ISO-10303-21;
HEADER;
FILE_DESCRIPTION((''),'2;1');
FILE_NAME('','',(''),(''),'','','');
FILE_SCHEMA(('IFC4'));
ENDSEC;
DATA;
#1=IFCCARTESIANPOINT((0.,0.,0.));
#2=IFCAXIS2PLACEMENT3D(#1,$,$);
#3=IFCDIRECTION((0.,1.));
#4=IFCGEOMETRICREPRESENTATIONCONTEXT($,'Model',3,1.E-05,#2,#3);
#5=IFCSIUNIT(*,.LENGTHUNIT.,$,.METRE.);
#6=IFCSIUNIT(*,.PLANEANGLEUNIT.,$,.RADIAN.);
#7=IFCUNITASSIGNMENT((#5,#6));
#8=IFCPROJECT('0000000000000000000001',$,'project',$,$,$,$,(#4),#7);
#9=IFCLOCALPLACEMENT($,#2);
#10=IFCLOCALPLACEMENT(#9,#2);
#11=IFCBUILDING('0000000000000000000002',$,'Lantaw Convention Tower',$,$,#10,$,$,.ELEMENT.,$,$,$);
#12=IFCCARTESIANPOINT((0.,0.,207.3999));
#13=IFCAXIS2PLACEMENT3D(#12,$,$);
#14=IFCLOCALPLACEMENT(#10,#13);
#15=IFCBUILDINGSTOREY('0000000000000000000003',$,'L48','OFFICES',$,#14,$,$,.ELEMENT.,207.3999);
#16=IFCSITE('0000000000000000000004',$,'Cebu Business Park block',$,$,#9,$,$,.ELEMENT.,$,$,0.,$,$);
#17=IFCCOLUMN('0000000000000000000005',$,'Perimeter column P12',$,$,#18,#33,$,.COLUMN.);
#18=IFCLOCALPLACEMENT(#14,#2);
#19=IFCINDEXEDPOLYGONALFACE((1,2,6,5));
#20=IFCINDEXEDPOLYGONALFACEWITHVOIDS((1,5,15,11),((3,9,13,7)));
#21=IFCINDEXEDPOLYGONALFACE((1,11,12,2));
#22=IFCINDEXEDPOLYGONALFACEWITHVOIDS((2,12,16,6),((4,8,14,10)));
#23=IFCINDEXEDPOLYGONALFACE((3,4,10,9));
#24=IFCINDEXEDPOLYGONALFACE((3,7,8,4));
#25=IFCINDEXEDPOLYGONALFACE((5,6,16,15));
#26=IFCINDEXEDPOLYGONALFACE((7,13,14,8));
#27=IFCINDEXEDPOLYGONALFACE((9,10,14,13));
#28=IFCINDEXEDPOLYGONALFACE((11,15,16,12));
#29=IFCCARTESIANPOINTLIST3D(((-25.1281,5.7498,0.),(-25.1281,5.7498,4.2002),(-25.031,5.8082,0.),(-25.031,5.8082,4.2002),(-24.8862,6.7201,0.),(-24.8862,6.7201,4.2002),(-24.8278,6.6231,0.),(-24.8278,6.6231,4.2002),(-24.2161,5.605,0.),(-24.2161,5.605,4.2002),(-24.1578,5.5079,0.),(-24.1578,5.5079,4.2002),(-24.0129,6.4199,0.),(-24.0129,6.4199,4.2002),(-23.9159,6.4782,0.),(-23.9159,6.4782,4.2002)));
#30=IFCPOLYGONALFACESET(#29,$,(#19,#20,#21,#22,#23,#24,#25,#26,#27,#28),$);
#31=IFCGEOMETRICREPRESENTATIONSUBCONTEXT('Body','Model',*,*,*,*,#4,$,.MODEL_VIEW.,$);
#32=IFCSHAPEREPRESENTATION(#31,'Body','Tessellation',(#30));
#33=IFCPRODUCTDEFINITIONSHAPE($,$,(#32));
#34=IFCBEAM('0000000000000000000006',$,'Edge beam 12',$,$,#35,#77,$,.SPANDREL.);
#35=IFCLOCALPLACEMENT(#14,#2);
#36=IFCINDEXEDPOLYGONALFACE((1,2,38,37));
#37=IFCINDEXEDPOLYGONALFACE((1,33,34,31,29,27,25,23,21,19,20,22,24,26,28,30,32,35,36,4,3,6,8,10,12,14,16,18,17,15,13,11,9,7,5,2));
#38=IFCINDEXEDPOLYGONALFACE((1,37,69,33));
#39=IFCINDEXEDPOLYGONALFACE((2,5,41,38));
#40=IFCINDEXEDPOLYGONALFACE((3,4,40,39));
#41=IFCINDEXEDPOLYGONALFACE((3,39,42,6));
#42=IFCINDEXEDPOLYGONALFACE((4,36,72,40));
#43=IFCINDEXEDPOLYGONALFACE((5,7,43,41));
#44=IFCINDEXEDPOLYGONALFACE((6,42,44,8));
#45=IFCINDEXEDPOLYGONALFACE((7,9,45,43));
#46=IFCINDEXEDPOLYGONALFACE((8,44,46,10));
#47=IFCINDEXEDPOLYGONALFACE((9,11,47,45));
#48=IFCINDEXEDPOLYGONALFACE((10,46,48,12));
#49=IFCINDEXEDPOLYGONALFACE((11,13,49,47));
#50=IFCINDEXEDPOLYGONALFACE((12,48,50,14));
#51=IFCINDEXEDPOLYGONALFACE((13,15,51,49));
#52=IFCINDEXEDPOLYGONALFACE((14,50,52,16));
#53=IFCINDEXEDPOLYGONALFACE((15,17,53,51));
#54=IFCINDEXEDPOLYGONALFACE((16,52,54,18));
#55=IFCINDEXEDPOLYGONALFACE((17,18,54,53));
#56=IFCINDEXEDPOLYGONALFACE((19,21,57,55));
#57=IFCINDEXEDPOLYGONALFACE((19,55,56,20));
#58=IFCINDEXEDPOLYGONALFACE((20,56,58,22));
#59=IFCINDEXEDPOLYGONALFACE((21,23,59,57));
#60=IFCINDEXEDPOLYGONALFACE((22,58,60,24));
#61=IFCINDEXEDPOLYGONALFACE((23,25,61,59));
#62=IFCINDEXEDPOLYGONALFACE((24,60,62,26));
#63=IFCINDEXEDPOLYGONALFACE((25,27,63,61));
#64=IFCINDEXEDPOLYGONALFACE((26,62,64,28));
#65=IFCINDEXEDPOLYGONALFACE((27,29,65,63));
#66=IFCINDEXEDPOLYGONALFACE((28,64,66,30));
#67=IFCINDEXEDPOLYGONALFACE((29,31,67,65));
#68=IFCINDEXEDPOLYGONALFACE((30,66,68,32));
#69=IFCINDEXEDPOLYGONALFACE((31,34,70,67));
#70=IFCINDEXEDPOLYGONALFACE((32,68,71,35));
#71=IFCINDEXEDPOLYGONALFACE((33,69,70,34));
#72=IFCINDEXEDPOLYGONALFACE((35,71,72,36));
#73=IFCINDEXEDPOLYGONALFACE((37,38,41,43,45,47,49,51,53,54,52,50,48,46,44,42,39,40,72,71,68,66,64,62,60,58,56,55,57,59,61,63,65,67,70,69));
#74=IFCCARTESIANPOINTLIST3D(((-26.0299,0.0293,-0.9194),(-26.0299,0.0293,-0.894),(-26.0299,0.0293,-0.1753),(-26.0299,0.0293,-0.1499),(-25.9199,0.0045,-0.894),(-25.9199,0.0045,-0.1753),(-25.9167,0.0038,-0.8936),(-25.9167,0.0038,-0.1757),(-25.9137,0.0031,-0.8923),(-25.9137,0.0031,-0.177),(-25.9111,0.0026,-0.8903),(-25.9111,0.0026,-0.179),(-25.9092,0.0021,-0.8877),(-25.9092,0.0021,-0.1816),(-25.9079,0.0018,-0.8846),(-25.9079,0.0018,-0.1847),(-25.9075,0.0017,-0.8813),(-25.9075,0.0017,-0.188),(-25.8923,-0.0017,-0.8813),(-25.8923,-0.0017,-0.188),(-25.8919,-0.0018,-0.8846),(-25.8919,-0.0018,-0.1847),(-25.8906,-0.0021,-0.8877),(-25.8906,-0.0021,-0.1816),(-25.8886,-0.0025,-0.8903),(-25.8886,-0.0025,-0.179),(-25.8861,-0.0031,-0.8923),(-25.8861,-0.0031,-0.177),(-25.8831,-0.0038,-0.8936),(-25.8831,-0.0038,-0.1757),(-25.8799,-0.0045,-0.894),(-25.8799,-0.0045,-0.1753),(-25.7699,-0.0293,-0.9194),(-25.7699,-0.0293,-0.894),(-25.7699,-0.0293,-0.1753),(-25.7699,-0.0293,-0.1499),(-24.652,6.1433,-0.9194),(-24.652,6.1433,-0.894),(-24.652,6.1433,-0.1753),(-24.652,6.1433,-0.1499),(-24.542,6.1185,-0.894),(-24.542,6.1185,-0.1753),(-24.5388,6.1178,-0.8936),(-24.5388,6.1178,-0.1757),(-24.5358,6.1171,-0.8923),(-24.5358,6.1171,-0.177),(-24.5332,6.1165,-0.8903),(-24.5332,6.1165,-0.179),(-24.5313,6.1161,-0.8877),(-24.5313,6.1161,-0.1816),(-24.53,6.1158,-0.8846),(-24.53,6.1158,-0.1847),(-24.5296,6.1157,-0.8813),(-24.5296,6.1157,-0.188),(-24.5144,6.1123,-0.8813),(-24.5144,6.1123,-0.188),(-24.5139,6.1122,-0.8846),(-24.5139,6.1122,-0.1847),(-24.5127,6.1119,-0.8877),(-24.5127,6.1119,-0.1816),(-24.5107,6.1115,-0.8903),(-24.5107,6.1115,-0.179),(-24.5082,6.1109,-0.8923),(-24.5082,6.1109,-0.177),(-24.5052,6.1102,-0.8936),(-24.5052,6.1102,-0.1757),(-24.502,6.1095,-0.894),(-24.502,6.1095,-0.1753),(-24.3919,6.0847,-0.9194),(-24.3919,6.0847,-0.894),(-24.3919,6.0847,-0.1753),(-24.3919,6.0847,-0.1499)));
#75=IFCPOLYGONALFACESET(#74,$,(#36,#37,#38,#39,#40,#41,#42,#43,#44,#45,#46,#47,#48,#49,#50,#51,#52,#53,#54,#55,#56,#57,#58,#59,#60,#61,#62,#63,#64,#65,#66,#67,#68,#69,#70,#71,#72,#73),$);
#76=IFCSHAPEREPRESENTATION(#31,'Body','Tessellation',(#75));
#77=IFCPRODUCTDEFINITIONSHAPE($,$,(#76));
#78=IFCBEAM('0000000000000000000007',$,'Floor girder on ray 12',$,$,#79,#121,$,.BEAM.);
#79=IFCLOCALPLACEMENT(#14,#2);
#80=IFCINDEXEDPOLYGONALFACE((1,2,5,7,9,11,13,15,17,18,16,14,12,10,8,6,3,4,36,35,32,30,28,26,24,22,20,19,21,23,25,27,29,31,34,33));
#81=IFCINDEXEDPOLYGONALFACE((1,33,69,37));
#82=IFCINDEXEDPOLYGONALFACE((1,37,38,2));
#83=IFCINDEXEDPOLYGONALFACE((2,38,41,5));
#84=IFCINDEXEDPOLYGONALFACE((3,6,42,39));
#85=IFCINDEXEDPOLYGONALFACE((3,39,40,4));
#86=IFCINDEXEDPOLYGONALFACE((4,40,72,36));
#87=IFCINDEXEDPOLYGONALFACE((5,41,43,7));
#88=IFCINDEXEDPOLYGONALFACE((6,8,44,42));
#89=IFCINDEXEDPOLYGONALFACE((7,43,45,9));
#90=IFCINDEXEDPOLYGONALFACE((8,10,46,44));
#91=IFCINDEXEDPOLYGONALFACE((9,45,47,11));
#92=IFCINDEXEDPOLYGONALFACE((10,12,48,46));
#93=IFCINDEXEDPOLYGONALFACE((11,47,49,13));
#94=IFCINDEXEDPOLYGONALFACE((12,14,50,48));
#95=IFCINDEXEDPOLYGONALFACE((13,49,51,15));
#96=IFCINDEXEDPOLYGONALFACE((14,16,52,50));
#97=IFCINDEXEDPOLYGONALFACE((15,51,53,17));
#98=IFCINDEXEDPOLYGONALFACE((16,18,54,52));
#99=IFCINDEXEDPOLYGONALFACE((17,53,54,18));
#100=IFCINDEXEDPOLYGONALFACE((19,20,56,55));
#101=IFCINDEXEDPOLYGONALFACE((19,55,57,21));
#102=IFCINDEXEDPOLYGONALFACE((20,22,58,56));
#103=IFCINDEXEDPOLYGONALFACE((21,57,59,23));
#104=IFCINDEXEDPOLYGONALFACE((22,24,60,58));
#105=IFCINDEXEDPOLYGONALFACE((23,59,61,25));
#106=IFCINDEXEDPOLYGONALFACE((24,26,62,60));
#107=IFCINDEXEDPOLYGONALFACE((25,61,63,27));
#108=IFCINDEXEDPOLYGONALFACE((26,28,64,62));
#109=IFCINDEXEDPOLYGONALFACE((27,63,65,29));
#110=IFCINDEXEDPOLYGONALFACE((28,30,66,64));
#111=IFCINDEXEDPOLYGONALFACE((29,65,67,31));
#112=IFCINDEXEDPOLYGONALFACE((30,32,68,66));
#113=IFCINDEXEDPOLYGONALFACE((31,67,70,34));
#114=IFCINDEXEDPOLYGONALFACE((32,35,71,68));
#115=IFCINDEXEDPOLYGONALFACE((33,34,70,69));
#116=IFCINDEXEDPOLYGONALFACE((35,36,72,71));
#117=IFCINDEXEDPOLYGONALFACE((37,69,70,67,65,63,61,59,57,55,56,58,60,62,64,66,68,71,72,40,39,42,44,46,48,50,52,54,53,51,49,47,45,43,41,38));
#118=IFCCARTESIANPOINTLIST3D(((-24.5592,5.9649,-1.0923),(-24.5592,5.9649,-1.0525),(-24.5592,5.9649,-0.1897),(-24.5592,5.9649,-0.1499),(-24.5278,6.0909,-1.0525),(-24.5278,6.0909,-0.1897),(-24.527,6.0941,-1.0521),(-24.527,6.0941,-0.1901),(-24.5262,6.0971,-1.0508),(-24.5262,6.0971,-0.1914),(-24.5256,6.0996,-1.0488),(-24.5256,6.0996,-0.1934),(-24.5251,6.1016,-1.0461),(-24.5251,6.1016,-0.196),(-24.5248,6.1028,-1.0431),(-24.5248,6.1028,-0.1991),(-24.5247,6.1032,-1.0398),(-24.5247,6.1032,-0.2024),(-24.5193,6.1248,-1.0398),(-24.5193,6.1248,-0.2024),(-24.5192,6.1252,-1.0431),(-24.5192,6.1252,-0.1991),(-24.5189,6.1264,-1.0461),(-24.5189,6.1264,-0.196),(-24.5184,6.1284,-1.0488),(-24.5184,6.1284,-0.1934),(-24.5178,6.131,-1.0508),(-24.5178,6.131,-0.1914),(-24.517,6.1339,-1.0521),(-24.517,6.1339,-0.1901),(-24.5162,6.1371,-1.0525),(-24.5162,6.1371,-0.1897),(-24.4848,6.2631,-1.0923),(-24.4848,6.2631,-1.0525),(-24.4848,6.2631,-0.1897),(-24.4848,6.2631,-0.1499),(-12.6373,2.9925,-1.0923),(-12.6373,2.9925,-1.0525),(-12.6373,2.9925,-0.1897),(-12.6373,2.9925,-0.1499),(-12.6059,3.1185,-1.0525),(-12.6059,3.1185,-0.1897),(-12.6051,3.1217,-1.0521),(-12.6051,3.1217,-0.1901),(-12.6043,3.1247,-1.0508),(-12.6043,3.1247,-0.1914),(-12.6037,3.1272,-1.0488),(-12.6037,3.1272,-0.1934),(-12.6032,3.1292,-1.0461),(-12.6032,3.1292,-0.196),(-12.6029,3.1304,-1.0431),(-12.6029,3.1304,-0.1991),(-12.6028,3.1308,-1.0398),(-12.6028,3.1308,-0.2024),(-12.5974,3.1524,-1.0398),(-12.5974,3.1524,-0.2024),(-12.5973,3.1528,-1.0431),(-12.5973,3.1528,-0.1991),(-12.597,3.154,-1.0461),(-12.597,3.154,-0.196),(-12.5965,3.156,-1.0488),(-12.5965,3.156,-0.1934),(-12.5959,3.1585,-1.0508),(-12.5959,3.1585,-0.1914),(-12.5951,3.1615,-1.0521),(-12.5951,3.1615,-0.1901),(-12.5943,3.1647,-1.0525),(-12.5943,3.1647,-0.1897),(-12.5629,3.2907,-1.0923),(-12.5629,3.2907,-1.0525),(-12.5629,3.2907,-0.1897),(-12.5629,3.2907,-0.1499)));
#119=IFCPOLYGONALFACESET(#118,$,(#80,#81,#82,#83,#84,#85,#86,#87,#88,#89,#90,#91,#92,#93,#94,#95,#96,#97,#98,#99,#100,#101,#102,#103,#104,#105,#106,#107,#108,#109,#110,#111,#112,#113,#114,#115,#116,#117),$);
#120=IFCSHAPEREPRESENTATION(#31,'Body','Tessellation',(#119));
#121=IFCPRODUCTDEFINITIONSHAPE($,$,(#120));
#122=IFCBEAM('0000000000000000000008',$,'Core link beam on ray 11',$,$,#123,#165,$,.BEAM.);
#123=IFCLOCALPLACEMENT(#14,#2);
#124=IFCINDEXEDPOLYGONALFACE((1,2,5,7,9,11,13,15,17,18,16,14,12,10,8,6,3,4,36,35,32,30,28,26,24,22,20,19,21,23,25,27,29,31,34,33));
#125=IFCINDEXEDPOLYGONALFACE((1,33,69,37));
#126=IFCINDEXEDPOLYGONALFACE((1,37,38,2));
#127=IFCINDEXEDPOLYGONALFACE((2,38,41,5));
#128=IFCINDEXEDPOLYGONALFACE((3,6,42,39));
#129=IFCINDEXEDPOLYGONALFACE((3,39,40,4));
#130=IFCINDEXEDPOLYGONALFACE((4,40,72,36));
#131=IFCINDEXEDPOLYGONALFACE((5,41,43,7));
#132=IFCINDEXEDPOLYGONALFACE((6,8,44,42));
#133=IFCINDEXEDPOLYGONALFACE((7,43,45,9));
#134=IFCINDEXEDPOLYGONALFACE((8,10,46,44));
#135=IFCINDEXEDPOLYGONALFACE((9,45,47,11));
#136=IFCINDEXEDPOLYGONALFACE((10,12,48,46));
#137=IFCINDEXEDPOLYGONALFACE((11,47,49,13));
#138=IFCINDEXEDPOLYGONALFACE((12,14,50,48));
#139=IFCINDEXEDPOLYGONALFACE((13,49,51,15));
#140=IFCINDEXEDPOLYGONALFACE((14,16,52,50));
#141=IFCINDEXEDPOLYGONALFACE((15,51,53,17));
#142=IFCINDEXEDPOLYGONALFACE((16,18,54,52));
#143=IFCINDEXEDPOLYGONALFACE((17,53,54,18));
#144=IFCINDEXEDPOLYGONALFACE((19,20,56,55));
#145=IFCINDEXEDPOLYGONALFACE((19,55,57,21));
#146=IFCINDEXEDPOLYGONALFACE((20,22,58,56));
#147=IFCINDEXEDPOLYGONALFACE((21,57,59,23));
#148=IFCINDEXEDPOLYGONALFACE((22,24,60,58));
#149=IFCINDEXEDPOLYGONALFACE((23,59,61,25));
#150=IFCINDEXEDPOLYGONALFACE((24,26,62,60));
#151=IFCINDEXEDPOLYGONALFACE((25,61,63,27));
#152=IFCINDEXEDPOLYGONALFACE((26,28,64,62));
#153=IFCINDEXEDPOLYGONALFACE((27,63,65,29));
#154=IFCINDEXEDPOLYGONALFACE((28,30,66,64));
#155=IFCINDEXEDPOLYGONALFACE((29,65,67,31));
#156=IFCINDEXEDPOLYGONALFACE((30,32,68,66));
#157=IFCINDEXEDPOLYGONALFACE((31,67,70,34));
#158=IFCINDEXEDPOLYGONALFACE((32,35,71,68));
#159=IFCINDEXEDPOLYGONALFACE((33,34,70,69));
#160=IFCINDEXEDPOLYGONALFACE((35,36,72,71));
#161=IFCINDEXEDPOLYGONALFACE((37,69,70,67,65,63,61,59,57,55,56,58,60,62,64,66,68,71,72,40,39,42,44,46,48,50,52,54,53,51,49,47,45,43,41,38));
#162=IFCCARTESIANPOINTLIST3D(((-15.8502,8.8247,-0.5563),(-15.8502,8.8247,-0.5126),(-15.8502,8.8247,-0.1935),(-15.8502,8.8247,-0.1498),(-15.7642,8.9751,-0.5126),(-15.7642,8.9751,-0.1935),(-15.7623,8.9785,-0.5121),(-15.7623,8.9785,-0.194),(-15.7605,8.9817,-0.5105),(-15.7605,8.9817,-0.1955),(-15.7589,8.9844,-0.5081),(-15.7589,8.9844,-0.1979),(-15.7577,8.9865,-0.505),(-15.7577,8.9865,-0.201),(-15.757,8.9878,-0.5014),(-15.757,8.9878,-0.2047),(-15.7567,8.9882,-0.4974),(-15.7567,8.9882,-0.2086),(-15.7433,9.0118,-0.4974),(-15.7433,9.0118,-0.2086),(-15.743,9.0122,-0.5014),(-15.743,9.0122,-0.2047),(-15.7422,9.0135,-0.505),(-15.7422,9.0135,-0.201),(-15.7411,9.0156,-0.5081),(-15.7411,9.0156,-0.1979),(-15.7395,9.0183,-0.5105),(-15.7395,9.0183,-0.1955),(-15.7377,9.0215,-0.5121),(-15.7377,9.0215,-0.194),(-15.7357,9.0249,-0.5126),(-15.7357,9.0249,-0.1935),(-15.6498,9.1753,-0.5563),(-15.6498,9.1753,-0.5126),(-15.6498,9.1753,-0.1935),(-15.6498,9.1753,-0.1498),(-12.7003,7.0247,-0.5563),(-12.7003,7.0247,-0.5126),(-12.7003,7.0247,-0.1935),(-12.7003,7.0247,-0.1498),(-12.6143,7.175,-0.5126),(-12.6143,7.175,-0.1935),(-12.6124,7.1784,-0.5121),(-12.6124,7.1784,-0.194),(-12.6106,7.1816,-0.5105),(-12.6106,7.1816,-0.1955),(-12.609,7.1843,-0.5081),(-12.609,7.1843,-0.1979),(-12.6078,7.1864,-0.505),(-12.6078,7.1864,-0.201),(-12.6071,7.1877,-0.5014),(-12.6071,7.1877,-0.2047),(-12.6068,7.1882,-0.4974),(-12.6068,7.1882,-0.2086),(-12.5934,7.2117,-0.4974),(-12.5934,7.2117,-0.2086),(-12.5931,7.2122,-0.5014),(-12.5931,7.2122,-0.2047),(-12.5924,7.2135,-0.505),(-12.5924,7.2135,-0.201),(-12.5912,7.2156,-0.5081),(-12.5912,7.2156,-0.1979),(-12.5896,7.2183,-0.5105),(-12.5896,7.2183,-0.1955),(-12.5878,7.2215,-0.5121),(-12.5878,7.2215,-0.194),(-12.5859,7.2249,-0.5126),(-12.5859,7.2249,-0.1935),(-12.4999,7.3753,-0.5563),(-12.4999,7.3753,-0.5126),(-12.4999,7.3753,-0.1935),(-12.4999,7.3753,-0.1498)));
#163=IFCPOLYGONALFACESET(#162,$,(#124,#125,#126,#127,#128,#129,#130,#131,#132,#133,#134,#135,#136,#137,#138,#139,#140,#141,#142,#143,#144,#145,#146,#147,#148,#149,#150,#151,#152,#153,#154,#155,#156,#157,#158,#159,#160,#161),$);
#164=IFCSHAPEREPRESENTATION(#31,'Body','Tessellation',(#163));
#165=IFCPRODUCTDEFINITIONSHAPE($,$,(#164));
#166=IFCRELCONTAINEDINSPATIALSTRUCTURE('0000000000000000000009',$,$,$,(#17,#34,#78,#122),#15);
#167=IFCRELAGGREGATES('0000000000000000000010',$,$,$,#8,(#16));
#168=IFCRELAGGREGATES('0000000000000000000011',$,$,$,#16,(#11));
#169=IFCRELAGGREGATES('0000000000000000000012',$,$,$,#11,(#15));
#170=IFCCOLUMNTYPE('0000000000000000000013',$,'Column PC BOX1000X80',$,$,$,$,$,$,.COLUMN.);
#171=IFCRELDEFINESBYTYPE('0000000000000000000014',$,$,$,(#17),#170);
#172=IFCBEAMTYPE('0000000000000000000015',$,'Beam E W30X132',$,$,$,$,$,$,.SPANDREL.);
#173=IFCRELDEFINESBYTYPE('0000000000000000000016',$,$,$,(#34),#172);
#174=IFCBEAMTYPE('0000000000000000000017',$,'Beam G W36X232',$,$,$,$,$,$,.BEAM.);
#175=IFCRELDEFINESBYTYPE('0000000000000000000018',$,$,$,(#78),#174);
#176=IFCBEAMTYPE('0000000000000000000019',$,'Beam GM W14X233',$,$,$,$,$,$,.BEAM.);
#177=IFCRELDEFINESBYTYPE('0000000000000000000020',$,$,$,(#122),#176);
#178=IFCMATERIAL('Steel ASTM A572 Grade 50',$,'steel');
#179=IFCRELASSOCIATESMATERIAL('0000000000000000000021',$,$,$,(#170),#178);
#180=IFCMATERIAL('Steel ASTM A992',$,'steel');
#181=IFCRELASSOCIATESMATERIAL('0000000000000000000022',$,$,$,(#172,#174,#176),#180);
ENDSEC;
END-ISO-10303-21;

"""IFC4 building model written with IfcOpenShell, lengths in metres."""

from ifc_helpers import new_model, si_unit, direction, frame, origin, origin_2d, place, context, subcontext, project, spatial, rectangle, hollow_rectangle, i_section, extrude, material, material_profile, profile_set, type_object, element, save


model = new_model("IFC4")

# Units and contexts
model_context = context("Model", 3, precision=1e-05, world=origin(), true_north=direction((0.0, 1.0)))
body_context = subcontext(model_context, "Body", "Model", "MODEL_VIEW")
ifc_project = project(units=[si_unit("LENGTHUNIT", "METRE"), si_unit("PLANEANGLEUNIT", "RADIAN")], contexts=[model_context])

# Site, building, storey
site_placement = place(None, origin())
site = spatial("IfcSite", under=ifc_project, at=site_placement, Name="Cebu Business Park block", CompositionType="ELEMENT", RefElevation=0.0)
building_placement = place(site_placement, origin())
building = spatial("IfcBuilding", under=site, at=building_placement, Name="Lantaw Convention Tower", CompositionType="ELEMENT")
storey_placement = place(building_placement, frame((0.0, 0.0, 207.3999)))
storey = spatial("IfcBuildingStorey", under=building, at=storey_placement, Name="L48", Description="OFFICES", CompositionType="ELEMENT", Elevation=207.3999)

# Column
ifc_material_1 = material(Name="Steel ASTM A572 Grade 50", Category="steel")
ifc_material_profile_1 = material_profile(ifc_material_1, hollow_rectangle(XDim=1.0, YDim=1.0, WallThickness=0.0801, at=origin_2d()), Name="BOX1000X80")
ifc_material_2 = material(Name="Concrete C60/75", Category="concrete")
ifc_material_profile_2 = material_profile(ifc_material_2, rectangle(XDim=0.8401, YDim=0.8401, at=origin_2d()), Name="Concrete fill of BOX1000X80")
ifc_profile_set_1 = profile_set([ifc_material_profile_1, ifc_material_profile_2], Name="Steel ASTM A572 Grade 50")
column_type = type_object("IfcColumnType", Name="Column PC BOX1000X80", PredefinedType="COLUMN", material=ifc_profile_set_1)
column_placement = place(storey_placement, frame((-24.522, 6.114, 0.0), z_axis=(0.0, 0.0, 1.0), x_axis=(0.241922, 0.970296, 0.0)))
element("IfcColumn", 1, at=column_placement, inside=storey, type_object=column_type, Name="Perimeter column P12", PredefinedType="COLUMN", context=body_context, shape_type="SweptSolid", body=[
    extrude(hollow_rectangle(XDim=1.0, YDim=1.0, WallThickness=0.0801, at=origin_2d()), origin(), (0.0, 0.0, 1.0), 4.2002),
])

# Beams
ifc_material_3 = material(Name="Steel ASTM A992", Category="steel")
ifc_material_profile_3 = material_profile(ifc_material_3, i_section(OverallWidth=0.2666, OverallDepth=0.7695, WebThickness=0.0156, FlangeThickness=0.0254, FilletRadius=0.0127, at=origin_2d()), Name="W30X132")
ifc_profile_set_2 = profile_set([ifc_material_profile_3], Name="Steel ASTM A992")
beam_type_1 = type_object("IfcBeamType", Name="Beam E W30X132", PredefinedType="SPANDREL", material=ifc_profile_set_2)
beam_1_placement = place(storey_placement, frame((-24.522, 6.114, -0.5347), z_axis=(-0.219858, -0.975532, 0.0), x_axis=(0.975532, -0.219858, 0.0)))
element("IfcBeam", 2, at=beam_1_placement, inside=storey, type_object=beam_type_1, Name="Edge beam 12", PredefinedType="SPANDREL", context=body_context, shape_type="SweptSolid", body=[
    extrude(i_section(OverallWidth=0.2666, OverallDepth=0.7695, WebThickness=0.0156, FlangeThickness=0.0254, FilletRadius=0.0127, at=origin_2d()), origin(), (0.0, 0.0, 1.0), 6.2673),
])
ifc_material_profile_4 = material_profile(ifc_material_3, i_section(OverallWidth=0.3074, OverallDepth=0.9424, WebThickness=0.0222, FlangeThickness=0.0398, FilletRadius=0.0127, at=origin_2d()), Name="W36X232")
ifc_profile_set_3 = profile_set([ifc_material_profile_4], Name="Steel ASTM A992")
beam_type_2 = type_object("IfcBeamType", Name="Beam G W36X232", PredefinedType="BEAM", material=ifc_profile_set_3)
beam_2_placement = place(storey_placement, frame((-12.6001, 3.1416, -0.6211), z_axis=(-0.970297, 0.241918, 0.0), x_axis=(-0.241918, -0.970297, 0.0)))
element("IfcBeam", 3, at=beam_2_placement, inside=storey, type_object=beam_type_2, Name="Floor girder on ray 12", PredefinedType="BEAM", context=body_context, shape_type="SweptSolid", body=[
    extrude(i_section(OverallWidth=0.3074, OverallDepth=0.9424, WebThickness=0.0222, FlangeThickness=0.0398, FilletRadius=0.0127, at=origin_2d()), origin(), (0.0, 0.0, 1.0), 12.2869),
])
ifc_material_profile_5 = material_profile(ifc_material_3, i_section(OverallWidth=0.4038, OverallDepth=0.4065, WebThickness=0.0271, FlangeThickness=0.0437, FilletRadius=0.0151, at=origin_2d()), Name="W14X233")
ifc_profile_set_4 = profile_set([ifc_material_profile_5], Name="Steel ASTM A992")
beam_type_3 = type_object("IfcBeamType", Name="Beam GM W14X233", PredefinedType="BEAM", material=ifc_profile_set_4)
beam_3_placement = place(storey_placement, frame((-12.6001, 7.2, -0.353), z_axis=(-0.868231, 0.496161, 0.0), x_axis=(-0.496161, -0.868231, 0.0)))
element("IfcBeam", 4, at=beam_3_placement, inside=storey, type_object=beam_type_3, Name="Core link beam on ray 11", PredefinedType="BEAM", context=body_context, shape_type="SweptSolid", body=[
    extrude(i_section(OverallWidth=0.4038, OverallDepth=0.4065, WebThickness=0.0271, FlangeThickness=0.0437, FilletRadius=0.0151, at=origin_2d()), origin(), (0.0, 0.0, 1.0), 3.6279),
])

save(model, "model.ifc")
